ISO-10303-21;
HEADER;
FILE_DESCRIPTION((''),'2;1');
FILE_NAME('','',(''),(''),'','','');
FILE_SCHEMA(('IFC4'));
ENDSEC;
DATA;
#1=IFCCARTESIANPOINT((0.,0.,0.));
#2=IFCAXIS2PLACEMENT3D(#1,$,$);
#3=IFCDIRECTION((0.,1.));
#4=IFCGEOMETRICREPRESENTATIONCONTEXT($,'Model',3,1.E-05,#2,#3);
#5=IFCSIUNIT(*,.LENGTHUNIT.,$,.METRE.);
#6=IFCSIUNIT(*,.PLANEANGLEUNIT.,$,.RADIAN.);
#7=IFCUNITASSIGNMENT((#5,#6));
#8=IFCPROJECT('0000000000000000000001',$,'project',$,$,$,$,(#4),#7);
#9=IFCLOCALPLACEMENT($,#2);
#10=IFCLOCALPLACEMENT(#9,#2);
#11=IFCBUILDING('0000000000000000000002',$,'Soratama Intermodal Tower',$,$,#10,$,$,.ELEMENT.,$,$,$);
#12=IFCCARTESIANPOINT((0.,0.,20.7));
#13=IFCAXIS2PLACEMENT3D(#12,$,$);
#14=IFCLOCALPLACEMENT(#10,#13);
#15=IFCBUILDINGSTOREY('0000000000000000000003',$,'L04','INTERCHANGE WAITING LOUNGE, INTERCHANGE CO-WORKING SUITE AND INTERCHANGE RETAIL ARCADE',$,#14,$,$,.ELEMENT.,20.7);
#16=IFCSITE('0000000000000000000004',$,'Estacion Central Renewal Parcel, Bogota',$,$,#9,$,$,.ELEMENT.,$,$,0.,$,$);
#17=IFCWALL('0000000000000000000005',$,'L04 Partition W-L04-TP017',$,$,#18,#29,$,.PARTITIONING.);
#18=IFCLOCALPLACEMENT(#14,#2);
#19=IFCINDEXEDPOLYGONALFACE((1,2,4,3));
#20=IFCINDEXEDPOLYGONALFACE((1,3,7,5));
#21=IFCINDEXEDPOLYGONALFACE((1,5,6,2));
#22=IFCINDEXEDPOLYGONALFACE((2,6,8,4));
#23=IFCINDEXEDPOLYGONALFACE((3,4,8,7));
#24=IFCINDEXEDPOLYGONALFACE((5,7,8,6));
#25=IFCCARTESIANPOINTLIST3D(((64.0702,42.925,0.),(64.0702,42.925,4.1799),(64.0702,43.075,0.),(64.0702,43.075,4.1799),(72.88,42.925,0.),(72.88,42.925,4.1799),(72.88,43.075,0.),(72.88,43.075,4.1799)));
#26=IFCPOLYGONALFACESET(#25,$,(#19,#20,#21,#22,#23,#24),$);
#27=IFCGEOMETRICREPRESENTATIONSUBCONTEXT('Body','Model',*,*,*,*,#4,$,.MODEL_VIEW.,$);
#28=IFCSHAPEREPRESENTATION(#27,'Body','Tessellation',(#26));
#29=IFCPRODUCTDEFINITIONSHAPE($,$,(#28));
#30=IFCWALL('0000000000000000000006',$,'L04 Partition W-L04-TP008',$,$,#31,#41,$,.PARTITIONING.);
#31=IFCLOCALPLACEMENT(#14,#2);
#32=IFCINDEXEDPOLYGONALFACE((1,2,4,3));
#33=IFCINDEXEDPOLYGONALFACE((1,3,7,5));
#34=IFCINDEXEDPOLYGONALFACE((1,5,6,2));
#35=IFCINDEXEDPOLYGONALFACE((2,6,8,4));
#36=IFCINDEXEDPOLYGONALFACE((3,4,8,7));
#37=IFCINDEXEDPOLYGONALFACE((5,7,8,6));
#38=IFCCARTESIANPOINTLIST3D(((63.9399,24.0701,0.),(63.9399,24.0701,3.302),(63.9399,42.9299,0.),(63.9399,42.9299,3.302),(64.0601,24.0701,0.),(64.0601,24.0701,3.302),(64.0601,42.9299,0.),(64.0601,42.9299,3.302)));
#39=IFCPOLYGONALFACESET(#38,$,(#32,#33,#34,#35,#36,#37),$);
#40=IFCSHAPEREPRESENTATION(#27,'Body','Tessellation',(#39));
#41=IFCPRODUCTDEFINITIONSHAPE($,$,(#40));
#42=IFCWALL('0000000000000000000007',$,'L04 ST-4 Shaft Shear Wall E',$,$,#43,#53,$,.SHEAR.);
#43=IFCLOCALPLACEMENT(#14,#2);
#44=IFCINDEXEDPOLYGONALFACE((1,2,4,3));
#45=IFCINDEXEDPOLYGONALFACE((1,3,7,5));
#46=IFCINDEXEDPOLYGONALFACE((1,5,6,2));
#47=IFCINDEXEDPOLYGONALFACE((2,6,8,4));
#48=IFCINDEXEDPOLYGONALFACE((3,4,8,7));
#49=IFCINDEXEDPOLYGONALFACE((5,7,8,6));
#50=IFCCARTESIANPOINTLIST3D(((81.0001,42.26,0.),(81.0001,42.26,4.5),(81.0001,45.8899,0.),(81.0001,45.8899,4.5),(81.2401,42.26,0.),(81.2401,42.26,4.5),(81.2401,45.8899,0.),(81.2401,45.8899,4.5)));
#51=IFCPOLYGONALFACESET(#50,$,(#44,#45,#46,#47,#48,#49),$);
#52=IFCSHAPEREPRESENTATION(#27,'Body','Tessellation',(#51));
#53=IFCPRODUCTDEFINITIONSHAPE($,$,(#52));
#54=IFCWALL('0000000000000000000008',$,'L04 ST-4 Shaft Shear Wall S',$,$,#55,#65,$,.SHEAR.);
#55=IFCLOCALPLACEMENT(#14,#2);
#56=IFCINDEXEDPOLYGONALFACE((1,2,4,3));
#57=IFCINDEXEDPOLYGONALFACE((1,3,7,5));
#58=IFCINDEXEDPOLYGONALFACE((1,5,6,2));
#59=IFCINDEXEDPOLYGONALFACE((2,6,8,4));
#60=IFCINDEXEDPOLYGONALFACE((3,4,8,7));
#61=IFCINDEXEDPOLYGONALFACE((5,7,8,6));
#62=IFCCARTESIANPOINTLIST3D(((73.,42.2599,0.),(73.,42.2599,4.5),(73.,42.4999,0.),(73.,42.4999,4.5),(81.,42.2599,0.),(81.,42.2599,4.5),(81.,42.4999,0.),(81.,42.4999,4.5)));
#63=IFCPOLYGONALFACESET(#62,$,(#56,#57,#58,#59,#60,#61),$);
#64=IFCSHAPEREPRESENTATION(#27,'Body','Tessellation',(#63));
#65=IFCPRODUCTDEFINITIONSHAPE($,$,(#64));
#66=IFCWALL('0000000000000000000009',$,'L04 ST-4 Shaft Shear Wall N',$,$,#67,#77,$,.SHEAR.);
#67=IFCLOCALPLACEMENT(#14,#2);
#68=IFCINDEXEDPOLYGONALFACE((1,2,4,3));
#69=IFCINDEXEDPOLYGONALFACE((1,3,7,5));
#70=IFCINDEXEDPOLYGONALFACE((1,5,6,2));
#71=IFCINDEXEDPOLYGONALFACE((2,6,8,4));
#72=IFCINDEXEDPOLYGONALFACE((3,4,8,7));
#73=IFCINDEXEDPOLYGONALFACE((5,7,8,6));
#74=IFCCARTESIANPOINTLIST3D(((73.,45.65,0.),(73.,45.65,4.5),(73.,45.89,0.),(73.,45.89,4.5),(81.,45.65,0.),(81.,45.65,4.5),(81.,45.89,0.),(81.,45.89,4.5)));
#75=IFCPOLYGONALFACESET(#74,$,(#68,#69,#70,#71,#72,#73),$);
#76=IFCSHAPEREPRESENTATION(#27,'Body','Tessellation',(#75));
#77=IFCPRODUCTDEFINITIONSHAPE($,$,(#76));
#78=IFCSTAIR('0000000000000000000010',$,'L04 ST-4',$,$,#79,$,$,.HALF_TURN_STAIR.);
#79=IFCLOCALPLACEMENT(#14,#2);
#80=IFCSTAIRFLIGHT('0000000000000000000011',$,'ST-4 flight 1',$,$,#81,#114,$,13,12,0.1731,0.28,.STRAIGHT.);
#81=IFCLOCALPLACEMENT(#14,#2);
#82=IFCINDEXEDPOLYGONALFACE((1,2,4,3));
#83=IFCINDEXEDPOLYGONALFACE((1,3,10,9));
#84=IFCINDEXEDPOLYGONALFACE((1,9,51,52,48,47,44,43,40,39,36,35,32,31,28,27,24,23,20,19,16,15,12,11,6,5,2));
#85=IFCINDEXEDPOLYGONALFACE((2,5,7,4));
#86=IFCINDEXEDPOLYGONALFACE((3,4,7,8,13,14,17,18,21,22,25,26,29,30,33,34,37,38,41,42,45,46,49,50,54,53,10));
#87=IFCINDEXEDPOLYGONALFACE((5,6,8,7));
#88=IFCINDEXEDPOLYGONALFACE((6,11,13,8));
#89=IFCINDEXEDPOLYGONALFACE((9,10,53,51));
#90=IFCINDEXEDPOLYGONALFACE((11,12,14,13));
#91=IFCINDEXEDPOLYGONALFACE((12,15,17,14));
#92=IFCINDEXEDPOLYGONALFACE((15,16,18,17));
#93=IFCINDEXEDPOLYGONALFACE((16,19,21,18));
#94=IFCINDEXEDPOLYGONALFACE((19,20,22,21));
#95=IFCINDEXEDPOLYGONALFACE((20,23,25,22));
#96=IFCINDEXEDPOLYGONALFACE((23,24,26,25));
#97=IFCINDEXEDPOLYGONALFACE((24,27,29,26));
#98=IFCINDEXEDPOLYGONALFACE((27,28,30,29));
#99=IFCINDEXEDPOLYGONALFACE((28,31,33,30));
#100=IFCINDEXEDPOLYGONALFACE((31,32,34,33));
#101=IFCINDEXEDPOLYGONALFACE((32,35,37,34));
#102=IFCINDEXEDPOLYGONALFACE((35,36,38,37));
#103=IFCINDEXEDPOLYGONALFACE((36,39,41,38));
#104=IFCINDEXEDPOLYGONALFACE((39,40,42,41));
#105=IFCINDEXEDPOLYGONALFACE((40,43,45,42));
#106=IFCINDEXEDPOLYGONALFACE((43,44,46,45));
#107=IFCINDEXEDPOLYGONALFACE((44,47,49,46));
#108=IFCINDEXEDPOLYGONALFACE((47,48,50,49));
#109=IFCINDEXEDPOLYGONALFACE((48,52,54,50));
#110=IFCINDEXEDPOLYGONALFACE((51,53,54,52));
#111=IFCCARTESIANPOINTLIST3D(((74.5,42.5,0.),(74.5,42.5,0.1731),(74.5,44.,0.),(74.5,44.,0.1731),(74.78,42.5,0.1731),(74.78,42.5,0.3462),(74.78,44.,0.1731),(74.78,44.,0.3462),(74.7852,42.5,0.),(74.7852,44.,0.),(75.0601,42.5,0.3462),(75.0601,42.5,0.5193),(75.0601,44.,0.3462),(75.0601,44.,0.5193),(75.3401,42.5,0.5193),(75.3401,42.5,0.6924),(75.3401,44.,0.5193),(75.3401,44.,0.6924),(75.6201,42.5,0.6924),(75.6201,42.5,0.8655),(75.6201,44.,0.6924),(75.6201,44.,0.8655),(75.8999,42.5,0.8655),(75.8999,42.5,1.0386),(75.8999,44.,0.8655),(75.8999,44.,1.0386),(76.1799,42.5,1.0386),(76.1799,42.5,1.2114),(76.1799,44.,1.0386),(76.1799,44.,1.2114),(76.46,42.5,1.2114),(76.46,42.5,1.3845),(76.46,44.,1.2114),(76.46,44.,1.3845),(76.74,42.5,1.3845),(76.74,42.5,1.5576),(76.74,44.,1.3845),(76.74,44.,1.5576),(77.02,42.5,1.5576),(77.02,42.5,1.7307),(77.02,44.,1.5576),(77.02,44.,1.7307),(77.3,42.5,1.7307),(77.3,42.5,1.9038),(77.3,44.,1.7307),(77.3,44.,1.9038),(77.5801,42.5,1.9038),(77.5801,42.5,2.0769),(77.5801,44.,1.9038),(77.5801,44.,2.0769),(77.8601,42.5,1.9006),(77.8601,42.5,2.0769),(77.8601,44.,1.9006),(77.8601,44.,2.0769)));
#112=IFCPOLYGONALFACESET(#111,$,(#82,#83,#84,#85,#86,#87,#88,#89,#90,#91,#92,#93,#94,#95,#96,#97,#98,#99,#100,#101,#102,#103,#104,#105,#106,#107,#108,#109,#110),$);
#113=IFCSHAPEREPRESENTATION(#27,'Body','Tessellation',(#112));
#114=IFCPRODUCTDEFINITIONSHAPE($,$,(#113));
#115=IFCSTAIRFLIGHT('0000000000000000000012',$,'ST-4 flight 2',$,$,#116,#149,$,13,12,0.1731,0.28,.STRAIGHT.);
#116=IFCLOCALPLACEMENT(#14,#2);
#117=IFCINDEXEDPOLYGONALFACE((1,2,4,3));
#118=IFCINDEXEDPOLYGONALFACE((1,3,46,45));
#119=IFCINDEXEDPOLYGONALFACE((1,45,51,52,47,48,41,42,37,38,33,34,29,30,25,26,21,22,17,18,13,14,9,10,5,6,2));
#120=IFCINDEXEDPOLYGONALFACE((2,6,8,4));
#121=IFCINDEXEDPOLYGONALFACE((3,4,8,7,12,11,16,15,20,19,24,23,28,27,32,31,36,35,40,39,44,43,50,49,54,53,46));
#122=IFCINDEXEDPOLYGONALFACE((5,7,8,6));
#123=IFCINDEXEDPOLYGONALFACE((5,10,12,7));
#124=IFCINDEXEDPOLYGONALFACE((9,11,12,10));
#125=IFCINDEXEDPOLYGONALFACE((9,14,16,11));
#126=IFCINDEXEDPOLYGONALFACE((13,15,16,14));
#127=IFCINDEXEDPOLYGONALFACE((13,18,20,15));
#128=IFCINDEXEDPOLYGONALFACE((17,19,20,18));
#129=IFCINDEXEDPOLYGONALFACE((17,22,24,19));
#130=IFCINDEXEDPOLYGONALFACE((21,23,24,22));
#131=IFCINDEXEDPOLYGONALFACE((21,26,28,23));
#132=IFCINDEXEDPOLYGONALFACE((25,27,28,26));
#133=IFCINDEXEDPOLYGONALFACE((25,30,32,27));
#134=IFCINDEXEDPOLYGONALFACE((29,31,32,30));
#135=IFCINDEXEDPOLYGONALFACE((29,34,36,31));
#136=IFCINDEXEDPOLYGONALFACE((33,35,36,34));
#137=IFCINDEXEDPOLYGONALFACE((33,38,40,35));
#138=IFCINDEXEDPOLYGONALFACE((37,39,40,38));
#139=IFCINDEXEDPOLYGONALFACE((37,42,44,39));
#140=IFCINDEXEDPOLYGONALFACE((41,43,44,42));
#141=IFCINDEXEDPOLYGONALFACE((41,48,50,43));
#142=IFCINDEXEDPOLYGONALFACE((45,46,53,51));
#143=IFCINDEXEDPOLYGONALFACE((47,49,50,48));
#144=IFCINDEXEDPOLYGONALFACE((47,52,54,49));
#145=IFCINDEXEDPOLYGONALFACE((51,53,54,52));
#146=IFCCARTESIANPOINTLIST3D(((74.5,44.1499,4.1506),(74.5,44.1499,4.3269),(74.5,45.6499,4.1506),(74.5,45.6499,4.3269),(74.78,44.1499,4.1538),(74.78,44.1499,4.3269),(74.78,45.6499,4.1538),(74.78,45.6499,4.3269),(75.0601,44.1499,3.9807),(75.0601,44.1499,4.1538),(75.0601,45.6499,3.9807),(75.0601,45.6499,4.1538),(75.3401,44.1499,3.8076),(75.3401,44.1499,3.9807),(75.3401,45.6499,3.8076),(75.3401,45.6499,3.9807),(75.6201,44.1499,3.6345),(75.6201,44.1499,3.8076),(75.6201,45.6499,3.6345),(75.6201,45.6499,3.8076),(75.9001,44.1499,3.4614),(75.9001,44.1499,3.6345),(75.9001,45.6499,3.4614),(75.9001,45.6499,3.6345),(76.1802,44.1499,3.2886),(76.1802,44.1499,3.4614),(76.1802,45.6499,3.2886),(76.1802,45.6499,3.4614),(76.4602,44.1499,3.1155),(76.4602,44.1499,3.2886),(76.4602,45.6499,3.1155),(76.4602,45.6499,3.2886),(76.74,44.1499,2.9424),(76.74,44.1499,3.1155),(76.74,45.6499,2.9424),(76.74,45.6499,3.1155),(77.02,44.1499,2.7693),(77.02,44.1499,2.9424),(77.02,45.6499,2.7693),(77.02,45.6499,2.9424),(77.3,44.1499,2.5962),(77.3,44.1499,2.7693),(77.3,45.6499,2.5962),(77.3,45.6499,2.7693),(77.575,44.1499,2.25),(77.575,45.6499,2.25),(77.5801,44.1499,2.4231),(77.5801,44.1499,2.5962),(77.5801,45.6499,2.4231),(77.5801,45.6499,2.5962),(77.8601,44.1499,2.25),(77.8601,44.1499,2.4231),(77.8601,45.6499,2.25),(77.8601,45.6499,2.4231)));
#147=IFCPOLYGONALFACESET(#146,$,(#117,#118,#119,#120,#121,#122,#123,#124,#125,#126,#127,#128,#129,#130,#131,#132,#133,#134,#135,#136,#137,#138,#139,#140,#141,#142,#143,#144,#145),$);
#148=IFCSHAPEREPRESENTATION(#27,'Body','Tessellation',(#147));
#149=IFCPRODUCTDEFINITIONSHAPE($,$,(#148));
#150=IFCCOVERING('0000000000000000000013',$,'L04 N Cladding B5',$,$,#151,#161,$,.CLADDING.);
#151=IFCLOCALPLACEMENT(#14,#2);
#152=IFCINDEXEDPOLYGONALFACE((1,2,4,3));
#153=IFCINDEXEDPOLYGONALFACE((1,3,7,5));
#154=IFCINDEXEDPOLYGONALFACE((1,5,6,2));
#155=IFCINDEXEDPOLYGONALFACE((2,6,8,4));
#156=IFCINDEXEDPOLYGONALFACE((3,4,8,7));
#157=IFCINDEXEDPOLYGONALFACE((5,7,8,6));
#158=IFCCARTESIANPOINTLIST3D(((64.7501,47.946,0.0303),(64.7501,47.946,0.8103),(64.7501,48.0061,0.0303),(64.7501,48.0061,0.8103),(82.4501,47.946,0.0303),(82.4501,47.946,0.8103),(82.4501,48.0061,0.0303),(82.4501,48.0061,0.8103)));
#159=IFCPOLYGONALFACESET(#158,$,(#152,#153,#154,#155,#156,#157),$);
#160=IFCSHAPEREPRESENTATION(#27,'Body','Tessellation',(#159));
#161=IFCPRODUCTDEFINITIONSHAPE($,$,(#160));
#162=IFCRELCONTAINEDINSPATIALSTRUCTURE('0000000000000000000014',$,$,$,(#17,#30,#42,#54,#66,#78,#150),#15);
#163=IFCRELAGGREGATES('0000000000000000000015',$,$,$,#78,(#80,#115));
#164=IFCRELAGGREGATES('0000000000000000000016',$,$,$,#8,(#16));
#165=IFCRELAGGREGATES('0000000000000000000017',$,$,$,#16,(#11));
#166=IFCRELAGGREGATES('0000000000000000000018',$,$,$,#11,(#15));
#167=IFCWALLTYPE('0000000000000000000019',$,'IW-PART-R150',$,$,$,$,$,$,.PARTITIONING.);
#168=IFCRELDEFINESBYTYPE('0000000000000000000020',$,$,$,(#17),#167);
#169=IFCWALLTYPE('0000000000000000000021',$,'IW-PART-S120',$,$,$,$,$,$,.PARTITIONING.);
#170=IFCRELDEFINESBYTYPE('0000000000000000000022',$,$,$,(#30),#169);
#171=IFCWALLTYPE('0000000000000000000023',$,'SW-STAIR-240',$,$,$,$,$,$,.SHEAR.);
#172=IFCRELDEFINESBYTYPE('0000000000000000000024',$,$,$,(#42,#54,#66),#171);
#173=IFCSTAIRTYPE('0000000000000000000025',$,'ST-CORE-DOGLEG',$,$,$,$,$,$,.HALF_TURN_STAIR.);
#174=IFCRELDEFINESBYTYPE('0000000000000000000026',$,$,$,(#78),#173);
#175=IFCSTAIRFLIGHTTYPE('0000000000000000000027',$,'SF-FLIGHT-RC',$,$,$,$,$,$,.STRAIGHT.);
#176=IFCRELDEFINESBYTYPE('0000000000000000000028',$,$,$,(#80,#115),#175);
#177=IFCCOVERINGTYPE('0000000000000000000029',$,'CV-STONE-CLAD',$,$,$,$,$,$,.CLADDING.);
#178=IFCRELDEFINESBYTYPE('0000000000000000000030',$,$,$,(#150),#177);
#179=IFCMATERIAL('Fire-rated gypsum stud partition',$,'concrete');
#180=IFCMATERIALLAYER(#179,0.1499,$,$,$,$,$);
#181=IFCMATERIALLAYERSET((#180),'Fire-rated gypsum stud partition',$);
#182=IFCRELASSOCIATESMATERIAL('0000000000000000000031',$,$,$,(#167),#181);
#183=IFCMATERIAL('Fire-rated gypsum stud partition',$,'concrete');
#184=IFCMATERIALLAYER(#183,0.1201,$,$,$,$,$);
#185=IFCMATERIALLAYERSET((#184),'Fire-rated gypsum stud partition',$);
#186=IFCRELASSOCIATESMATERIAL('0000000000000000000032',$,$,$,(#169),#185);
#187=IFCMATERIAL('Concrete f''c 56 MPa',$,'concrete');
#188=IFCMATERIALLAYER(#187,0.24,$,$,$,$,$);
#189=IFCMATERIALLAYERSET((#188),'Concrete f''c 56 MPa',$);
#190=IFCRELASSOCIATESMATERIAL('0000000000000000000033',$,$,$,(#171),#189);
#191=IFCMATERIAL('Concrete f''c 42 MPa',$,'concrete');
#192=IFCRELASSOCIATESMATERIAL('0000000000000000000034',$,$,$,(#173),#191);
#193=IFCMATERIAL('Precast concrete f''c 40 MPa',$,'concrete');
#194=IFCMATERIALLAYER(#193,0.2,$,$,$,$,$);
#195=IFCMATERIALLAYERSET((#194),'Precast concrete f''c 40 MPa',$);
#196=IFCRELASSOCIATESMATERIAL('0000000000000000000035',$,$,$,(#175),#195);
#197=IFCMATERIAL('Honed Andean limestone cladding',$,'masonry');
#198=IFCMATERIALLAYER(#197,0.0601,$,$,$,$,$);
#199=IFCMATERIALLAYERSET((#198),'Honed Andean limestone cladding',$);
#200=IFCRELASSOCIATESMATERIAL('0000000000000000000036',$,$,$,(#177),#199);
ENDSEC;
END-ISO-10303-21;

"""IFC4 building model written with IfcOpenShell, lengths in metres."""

from ifc_helpers import new_model, si_unit, direction, frame, frame_2d, origin, origin_2d, place, context, subcontext, project, spatial, polyline, rectangle, outline, extrude, material, layer, layer_set, type_object, element, aggregate, save


model = new_model("IFC4")

# Units and contexts
model_context = context("Model", 3, precision=1e-05, world=origin(), true_north=direction((0.0, 1.0)))
body_context = subcontext(model_context, "Body", "Model", "MODEL_VIEW")
ifc_project = project(units=[si_unit("LENGTHUNIT", "METRE"), si_unit("PLANEANGLEUNIT", "RADIAN")], contexts=[model_context])

# Site, building, storey
site_placement = place(None, origin())
site = spatial("IfcSite", under=ifc_project, at=site_placement, Name="Estacion Central Renewal Parcel, Bogota", CompositionType="ELEMENT", RefElevation=0.0)
building_placement = place(site_placement, origin())
building = spatial("IfcBuilding", under=site, at=building_placement, Name="Soratama Intermodal Tower", CompositionType="ELEMENT")
storey_placement = place(building_placement, frame((0.0, 0.0, 20.7)))
storey = spatial("IfcBuildingStorey", under=building, at=storey_placement, Name="L04", Description="INTERCHANGE WAITING LOUNGE, INTERCHANGE CO-WORKING SUITE AND INTERCHANGE RETAIL ARCADE", CompositionType="ELEMENT", Elevation=20.7)

# Walls
ifc_material_1 = material(Name="Fire-rated gypsum stud partition", Category="concrete")
ifc_layer_1 = layer(ifc_material_1, 0.1499)
ifc_layer_set_1 = layer_set([ifc_layer_1], Name="Fire-rated gypsum stud partition")
wall_type_1 = type_object("IfcWallType", Name="IW-PART-R150", PredefinedType="PARTITIONING", material=ifc_layer_set_1)
wall_1_placement = place(storey_placement, frame((72.8799, 43.0, 0.0), z_axis=(0.0, 0.0, 1.0), x_axis=(-1.0, 0.0, 0.0)))
element("IfcWall", 1, at=wall_1_placement, inside=storey, type_object=wall_type_1, Name="L04 Partition W-L04-TP017", PredefinedType="PARTITIONING", context=body_context, shape_type="SweptSolid", body=[
    extrude(rectangle(XDim=8.8098, YDim=0.1499, at=frame_2d((4.4048, 0.0))), origin(), (0.0, 0.0, 1.0), 4.1799),
])
ifc_material_2 = material(Name="Fire-rated gypsum stud partition", Category="concrete")
ifc_layer_2 = layer(ifc_material_2, 0.1201)
ifc_layer_set_2 = layer_set([ifc_layer_2], Name="Fire-rated gypsum stud partition")
wall_type_2 = type_object("IfcWallType", Name="IW-PART-S120", PredefinedType="PARTITIONING", material=ifc_layer_set_2)
wall_2_placement = place(storey_placement, frame((64.0, 42.9299, 0.0), z_axis=(0.0, 0.0, 1.0), x_axis=(0.0, -1.0, 0.0)))
element("IfcWall", 2, at=wall_2_placement, inside=storey, type_object=wall_type_2, Name="L04 Partition W-L04-TP008", PredefinedType="PARTITIONING", context=body_context, shape_type="SweptSolid", body=[
    extrude(rectangle(XDim=18.8599, YDim=0.1201, at=frame_2d((9.4299, 0.0))), origin(), (0.0, 0.0, 1.0), 3.302),
])

# Shared definitions
ifc_material_3 = material(Name="Concrete f'c 56 MPa", Category="concrete")
ifc_layer_3 = layer(ifc_material_3, 0.24)
ifc_layer_set_3 = layer_set([ifc_layer_3], Name="Concrete f'c 56 MPa")
wall_type_3 = type_object("IfcWallType", Name="SW-STAIR-240", PredefinedType="SHEAR", material=ifc_layer_set_3)

# Walls
wall_3_placement = place(storey_placement, frame((81.1201, 42.26, 0.0), z_axis=(0.0, 0.0, 1.0), x_axis=(0.0, 1.0, 0.0)))
element("IfcWall", 3, at=wall_3_placement, inside=storey, type_object=wall_type_3, Name="L04 ST-4 Shaft Shear Wall E", PredefinedType="SHEAR", context=body_context, shape_type="SweptSolid", body=[
    extrude(rectangle(XDim=3.6299, YDim=0.24, at=frame_2d((1.8149, 0.0))), origin(), (0.0, 0.0, 1.0), 4.5),
])
for number, where, z_axis, x_axis, name in (
    (4, (73.0, 42.3799, 0.0), (0.0, 0.0, 1.0), (1.0, 0.0, 0.0), "L04 ST-4 Shaft Shear Wall S"),
    (5, (73.0, 45.77, 0.0), (0.0, 0.0, 1.0), (1.0, 0.0, 0.0), "L04 ST-4 Shaft Shear Wall N"),
):
    element("IfcWall", number, at=place(storey_placement, frame(where, z_axis=z_axis, x_axis=x_axis)), inside=storey, type_object=wall_type_3, Name=name, PredefinedType="SHEAR", context=body_context, shape_type="SweptSolid", body=[
        extrude(rectangle(XDim=8.0, YDim=0.24, at=frame_2d((4.0, 0.0))), origin(), (0.0, 0.0, 1.0), 4.5),
    ])

# Stair, stair flights
ifc_material_4 = material(Name="Concrete f'c 42 MPa", Category="concrete")
stair_type = type_object("IfcStairType", Name="ST-CORE-DOGLEG", PredefinedType="HALF_TURN_STAIR", material=ifc_material_4)
stair_placement = place(storey_placement, origin())
stair = element("IfcStair", 6, at=stair_placement, inside=storey, type_object=stair_type, Name="L04 ST-4", PredefinedType="HALF_TURN_STAIR")
ifc_material_5 = material(Name="Precast concrete f'c 40 MPa", Category="concrete")
ifc_layer_4 = layer(ifc_material_5, 0.2)
ifc_layer_set_4 = layer_set([ifc_layer_4], Name="Precast concrete f'c 40 MPa")
stair_flight_type = type_object("IfcStairFlightType", Name="SF-FLIGHT-RC", PredefinedType="STRAIGHT", material=ifc_layer_set_4)
stair_flight_1_placement = place(storey_placement, frame((74.5, 43.25, 0.0), z_axis=(0.0, 0.0, 1.0), x_axis=(1.0, 0.0, 0.0)))
stair_flight_1 = element("IfcStairFlight", 7, at=stair_flight_1_placement, type_object=stair_flight_type, Name="ST-4 flight 1", NumberOfRisers=13, NumberOfTreads=12, PredefinedType="STRAIGHT", RiserHeight=0.1731, TreadLength=0.28, context=body_context, shape_type="SweptSolid", body=[
    extrude(outline(polyline([(0.0, 0.0), (0.0, 0.1731), (0.28, 0.1731), (0.28, 0.3462), (0.5601, 0.3462), (0.5601, 0.5193), (0.8401, 0.5193), (0.8401, 0.6924), (1.1201, 0.6924), (1.1201, 0.8655), (1.3999, 0.8655), (1.3999, 1.0386), (1.6799, 1.0386), (1.6799, 1.2114), (1.96, 1.2114), (1.96, 1.3845), (2.24, 1.3845), (2.24, 1.5576), (2.52, 1.5576), (2.52, 1.7307), (2.8, 1.7307), (2.8, 1.9038), (3.0801, 1.9038), (3.0801, 2.0769), (3.3601, 2.0769), (3.3601, 2.25), (3.3601, 1.9006), (0.2852, 0.0), (0.0, 0.0)])), frame((0.0, 0.75, 0.0), z_axis=(0.0, -1.0, 0.0), x_axis=(1.0, 0.0, 0.0)), (0.0, 0.0, 1.0), 1.5),
])
stair_flight_2_placement = place(storey_placement, frame((77.8601, 44.8999, 2.25), z_axis=(0.0, 0.0, 1.0), x_axis=(-1.0, 0.0, 0.0)))
stair_flight_2 = element("IfcStairFlight", 8, at=stair_flight_2_placement, type_object=stair_flight_type, Name="ST-4 flight 2", NumberOfRisers=13, NumberOfTreads=12, PredefinedType="STRAIGHT", RiserHeight=0.1731, TreadLength=0.28, context=body_context, shape_type="SweptSolid", body=[
    extrude(outline(polyline([(0.0, 0.0), (0.0, 0.1731), (0.28, 0.1731), (0.28, 0.3462), (0.5601, 0.3462), (0.5601, 0.5193), (0.8401, 0.5193), (0.8401, 0.6924), (1.1201, 0.6924), (1.1201, 0.8655), (1.3999, 0.8655), (1.3999, 1.0386), (1.6799, 1.0386), (1.6799, 1.2114), (1.96, 1.2114), (1.96, 1.3845), (2.24, 1.3845), (2.24, 1.5576), (2.52, 1.5576), (2.52, 1.7307), (2.8, 1.7307), (2.8, 1.9038), (3.0801, 1.9038), (3.0801, 2.0769), (3.3601, 2.0769), (3.3601, 2.25), (3.3601, 1.9006), (0.2852, 0.0), (0.0, 0.0)])), frame((0.0, 0.75, 0.0), z_axis=(0.0, -1.0, 0.0), x_axis=(1.0, 0.0, 0.0)), (0.0, 0.0, 1.0), 1.5),
])
aggregate(stair, [stair_flight_1, stair_flight_2])

# Covering
ifc_material_6 = material(Name="Honed Andean limestone cladding", Category="masonry")
ifc_layer_5 = layer(ifc_material_6, 0.0601)
ifc_layer_set_5 = layer_set([ifc_layer_5], Name="Honed Andean limestone cladding")
covering_type = type_object("IfcCoveringType", Name="CV-STONE-CLAD", PredefinedType="CLADDING", material=ifc_layer_set_5)
covering_placement = place(storey_placement, frame((73.6001, 47.9761, 0.0303), z_axis=(0.0, 0.0, 1.0), x_axis=(1.0, 0.0, 0.0)))
element("IfcCovering", 9, at=covering_placement, inside=storey, type_object=covering_type, Name="L04 N Cladding B5", PredefinedType="CLADDING", context=body_context, shape_type="SweptSolid", body=[
    extrude(rectangle(XDim=17.7, YDim=0.0601, at=origin_2d()), origin(), (0.0, 0.0, 1.0), 0.78),
])

save(model, "model.ifc")
